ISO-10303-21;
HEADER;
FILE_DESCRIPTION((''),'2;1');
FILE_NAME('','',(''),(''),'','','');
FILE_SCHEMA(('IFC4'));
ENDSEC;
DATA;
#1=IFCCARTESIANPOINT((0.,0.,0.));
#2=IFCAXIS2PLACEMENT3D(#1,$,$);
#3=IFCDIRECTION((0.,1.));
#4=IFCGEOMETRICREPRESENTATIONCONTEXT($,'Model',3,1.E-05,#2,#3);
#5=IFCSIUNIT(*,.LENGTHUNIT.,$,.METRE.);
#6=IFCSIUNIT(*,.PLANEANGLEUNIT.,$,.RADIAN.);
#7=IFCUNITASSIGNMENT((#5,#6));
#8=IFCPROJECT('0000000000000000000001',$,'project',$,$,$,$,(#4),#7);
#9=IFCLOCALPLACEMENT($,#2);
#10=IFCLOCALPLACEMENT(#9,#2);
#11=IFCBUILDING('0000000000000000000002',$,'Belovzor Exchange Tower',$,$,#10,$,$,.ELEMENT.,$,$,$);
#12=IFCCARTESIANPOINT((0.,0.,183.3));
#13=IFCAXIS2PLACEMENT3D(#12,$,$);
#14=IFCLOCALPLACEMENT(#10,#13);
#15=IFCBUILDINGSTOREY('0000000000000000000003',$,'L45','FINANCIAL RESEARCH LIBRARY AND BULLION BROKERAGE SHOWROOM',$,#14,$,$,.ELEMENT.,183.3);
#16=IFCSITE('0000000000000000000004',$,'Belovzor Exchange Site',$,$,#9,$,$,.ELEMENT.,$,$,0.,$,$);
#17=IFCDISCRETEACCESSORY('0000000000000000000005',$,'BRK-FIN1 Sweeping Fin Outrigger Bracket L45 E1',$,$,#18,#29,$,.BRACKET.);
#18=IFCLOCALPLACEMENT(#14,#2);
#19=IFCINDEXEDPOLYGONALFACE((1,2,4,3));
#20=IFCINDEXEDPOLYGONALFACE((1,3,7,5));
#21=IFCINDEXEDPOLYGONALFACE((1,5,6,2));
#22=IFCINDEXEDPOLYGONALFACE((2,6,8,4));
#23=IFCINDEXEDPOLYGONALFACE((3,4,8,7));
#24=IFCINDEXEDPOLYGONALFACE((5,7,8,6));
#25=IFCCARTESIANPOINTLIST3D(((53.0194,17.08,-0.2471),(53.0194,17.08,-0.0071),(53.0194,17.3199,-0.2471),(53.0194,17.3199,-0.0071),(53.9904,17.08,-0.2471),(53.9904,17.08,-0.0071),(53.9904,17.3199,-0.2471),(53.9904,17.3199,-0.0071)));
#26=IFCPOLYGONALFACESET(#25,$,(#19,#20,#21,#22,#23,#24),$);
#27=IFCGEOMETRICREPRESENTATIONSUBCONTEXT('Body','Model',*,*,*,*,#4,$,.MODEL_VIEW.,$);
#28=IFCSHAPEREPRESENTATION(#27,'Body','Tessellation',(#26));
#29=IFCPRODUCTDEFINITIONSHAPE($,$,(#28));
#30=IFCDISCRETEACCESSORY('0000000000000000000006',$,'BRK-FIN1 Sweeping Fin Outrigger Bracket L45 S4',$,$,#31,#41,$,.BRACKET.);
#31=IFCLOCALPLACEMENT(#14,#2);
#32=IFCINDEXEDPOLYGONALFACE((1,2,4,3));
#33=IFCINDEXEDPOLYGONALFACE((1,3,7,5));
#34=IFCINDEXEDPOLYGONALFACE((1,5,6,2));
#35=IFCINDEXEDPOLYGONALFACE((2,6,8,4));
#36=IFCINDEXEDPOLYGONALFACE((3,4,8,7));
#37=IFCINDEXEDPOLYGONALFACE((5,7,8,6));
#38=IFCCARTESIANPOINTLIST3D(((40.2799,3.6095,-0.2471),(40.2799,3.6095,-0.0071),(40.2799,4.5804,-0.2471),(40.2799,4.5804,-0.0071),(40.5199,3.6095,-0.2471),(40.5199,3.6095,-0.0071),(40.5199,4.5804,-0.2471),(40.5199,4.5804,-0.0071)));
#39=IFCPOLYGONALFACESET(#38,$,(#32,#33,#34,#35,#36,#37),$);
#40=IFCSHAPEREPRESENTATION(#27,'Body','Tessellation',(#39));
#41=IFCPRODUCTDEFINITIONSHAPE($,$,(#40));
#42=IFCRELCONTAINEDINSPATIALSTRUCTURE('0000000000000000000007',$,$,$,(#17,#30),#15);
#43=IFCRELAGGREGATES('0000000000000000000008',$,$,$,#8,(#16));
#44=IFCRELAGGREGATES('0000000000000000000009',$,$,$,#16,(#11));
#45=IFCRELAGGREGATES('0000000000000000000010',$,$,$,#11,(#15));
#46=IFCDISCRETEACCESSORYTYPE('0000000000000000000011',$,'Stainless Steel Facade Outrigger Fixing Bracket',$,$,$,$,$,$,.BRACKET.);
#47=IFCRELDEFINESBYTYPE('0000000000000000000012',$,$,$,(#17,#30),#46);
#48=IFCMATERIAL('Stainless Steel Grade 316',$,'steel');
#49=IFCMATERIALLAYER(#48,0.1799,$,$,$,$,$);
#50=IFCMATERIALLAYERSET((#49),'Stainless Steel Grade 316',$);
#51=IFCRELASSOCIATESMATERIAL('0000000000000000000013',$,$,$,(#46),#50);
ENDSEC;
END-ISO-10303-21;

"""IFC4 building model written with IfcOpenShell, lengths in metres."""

from ifc_helpers import new_model, si_unit, direction, frame, origin, origin_2d, place, context, subcontext, project, spatial, rectangle, extrude, material, layer, layer_set, type_object, element, save


model = new_model("IFC4")

# Units and contexts
model_context = context("Model", 3, precision=1e-05, world=origin(), true_north=direction((0.0, 1.0)))
body_context = subcontext(model_context, "Body", "Model", "MODEL_VIEW")
ifc_project = project(units=[si_unit("LENGTHUNIT", "METRE"), si_unit("PLANEANGLEUNIT", "RADIAN")], contexts=[model_context])

# Site, building, storey
site_placement = place(None, origin())
site = spatial("IfcSite", under=ifc_project, at=site_placement, Name="Belovzor Exchange Site", CompositionType="ELEMENT", RefElevation=0.0)
building_placement = place(site_placement, origin())
building = spatial("IfcBuilding", under=site, at=building_placement, Name="Belovzor Exchange Tower", CompositionType="ELEMENT")
storey_placement = place(building_placement, frame((0.0, 0.0, 183.3)))
storey = spatial("IfcBuildingStorey", under=building, at=storey_placement, Name="L45", Description="FINANCIAL RESEARCH LIBRARY AND BULLION BROKERAGE SHOWROOM", CompositionType="ELEMENT", Elevation=183.3)

# Discrete accessories
ifc_material_1 = material(Name="Stainless Steel Grade 316", Category="steel")
ifc_layer_1 = layer(ifc_material_1, 0.1799)
ifc_layer_set_1 = layer_set([ifc_layer_1], Name="Stainless Steel Grade 316")
discrete_accessory_type = type_object("IfcDiscreteAccessoryType", Name="Stainless Steel Facade Outrigger Fixing Bracket", PredefinedType="BRACKET", material=ifc_layer_set_1)
for number, where, z_axis, x_axis, name in (
    (1, (53.5049, 17.2, -0.2471), (0.0, 0.0, 1.0), (1.0, 0.0, 0.0), "BRK-FIN1 Sweeping Fin Outrigger Bracket L45 E1"),
    (2, (40.3999, 4.095, -0.2471), (0.0, 0.0, 1.0), (0.0, 1.0, 0.0), "BRK-FIN1 Sweeping Fin Outrigger Bracket L45 S4"),
):
    element("IfcDiscreteAccessory", number, at=place(storey_placement, frame(where, z_axis=z_axis, x_axis=x_axis)), inside=storey, type_object=discrete_accessory_type, Name=name, PredefinedType="BRACKET", context=body_context, shape_type="SweptSolid", body=[
        extrude(rectangle(XDim=0.9709, YDim=0.24, at=origin_2d()), origin(), (0.0, 0.0, 1.0), 0.24),
    ])

save(model, "model.ifc")
